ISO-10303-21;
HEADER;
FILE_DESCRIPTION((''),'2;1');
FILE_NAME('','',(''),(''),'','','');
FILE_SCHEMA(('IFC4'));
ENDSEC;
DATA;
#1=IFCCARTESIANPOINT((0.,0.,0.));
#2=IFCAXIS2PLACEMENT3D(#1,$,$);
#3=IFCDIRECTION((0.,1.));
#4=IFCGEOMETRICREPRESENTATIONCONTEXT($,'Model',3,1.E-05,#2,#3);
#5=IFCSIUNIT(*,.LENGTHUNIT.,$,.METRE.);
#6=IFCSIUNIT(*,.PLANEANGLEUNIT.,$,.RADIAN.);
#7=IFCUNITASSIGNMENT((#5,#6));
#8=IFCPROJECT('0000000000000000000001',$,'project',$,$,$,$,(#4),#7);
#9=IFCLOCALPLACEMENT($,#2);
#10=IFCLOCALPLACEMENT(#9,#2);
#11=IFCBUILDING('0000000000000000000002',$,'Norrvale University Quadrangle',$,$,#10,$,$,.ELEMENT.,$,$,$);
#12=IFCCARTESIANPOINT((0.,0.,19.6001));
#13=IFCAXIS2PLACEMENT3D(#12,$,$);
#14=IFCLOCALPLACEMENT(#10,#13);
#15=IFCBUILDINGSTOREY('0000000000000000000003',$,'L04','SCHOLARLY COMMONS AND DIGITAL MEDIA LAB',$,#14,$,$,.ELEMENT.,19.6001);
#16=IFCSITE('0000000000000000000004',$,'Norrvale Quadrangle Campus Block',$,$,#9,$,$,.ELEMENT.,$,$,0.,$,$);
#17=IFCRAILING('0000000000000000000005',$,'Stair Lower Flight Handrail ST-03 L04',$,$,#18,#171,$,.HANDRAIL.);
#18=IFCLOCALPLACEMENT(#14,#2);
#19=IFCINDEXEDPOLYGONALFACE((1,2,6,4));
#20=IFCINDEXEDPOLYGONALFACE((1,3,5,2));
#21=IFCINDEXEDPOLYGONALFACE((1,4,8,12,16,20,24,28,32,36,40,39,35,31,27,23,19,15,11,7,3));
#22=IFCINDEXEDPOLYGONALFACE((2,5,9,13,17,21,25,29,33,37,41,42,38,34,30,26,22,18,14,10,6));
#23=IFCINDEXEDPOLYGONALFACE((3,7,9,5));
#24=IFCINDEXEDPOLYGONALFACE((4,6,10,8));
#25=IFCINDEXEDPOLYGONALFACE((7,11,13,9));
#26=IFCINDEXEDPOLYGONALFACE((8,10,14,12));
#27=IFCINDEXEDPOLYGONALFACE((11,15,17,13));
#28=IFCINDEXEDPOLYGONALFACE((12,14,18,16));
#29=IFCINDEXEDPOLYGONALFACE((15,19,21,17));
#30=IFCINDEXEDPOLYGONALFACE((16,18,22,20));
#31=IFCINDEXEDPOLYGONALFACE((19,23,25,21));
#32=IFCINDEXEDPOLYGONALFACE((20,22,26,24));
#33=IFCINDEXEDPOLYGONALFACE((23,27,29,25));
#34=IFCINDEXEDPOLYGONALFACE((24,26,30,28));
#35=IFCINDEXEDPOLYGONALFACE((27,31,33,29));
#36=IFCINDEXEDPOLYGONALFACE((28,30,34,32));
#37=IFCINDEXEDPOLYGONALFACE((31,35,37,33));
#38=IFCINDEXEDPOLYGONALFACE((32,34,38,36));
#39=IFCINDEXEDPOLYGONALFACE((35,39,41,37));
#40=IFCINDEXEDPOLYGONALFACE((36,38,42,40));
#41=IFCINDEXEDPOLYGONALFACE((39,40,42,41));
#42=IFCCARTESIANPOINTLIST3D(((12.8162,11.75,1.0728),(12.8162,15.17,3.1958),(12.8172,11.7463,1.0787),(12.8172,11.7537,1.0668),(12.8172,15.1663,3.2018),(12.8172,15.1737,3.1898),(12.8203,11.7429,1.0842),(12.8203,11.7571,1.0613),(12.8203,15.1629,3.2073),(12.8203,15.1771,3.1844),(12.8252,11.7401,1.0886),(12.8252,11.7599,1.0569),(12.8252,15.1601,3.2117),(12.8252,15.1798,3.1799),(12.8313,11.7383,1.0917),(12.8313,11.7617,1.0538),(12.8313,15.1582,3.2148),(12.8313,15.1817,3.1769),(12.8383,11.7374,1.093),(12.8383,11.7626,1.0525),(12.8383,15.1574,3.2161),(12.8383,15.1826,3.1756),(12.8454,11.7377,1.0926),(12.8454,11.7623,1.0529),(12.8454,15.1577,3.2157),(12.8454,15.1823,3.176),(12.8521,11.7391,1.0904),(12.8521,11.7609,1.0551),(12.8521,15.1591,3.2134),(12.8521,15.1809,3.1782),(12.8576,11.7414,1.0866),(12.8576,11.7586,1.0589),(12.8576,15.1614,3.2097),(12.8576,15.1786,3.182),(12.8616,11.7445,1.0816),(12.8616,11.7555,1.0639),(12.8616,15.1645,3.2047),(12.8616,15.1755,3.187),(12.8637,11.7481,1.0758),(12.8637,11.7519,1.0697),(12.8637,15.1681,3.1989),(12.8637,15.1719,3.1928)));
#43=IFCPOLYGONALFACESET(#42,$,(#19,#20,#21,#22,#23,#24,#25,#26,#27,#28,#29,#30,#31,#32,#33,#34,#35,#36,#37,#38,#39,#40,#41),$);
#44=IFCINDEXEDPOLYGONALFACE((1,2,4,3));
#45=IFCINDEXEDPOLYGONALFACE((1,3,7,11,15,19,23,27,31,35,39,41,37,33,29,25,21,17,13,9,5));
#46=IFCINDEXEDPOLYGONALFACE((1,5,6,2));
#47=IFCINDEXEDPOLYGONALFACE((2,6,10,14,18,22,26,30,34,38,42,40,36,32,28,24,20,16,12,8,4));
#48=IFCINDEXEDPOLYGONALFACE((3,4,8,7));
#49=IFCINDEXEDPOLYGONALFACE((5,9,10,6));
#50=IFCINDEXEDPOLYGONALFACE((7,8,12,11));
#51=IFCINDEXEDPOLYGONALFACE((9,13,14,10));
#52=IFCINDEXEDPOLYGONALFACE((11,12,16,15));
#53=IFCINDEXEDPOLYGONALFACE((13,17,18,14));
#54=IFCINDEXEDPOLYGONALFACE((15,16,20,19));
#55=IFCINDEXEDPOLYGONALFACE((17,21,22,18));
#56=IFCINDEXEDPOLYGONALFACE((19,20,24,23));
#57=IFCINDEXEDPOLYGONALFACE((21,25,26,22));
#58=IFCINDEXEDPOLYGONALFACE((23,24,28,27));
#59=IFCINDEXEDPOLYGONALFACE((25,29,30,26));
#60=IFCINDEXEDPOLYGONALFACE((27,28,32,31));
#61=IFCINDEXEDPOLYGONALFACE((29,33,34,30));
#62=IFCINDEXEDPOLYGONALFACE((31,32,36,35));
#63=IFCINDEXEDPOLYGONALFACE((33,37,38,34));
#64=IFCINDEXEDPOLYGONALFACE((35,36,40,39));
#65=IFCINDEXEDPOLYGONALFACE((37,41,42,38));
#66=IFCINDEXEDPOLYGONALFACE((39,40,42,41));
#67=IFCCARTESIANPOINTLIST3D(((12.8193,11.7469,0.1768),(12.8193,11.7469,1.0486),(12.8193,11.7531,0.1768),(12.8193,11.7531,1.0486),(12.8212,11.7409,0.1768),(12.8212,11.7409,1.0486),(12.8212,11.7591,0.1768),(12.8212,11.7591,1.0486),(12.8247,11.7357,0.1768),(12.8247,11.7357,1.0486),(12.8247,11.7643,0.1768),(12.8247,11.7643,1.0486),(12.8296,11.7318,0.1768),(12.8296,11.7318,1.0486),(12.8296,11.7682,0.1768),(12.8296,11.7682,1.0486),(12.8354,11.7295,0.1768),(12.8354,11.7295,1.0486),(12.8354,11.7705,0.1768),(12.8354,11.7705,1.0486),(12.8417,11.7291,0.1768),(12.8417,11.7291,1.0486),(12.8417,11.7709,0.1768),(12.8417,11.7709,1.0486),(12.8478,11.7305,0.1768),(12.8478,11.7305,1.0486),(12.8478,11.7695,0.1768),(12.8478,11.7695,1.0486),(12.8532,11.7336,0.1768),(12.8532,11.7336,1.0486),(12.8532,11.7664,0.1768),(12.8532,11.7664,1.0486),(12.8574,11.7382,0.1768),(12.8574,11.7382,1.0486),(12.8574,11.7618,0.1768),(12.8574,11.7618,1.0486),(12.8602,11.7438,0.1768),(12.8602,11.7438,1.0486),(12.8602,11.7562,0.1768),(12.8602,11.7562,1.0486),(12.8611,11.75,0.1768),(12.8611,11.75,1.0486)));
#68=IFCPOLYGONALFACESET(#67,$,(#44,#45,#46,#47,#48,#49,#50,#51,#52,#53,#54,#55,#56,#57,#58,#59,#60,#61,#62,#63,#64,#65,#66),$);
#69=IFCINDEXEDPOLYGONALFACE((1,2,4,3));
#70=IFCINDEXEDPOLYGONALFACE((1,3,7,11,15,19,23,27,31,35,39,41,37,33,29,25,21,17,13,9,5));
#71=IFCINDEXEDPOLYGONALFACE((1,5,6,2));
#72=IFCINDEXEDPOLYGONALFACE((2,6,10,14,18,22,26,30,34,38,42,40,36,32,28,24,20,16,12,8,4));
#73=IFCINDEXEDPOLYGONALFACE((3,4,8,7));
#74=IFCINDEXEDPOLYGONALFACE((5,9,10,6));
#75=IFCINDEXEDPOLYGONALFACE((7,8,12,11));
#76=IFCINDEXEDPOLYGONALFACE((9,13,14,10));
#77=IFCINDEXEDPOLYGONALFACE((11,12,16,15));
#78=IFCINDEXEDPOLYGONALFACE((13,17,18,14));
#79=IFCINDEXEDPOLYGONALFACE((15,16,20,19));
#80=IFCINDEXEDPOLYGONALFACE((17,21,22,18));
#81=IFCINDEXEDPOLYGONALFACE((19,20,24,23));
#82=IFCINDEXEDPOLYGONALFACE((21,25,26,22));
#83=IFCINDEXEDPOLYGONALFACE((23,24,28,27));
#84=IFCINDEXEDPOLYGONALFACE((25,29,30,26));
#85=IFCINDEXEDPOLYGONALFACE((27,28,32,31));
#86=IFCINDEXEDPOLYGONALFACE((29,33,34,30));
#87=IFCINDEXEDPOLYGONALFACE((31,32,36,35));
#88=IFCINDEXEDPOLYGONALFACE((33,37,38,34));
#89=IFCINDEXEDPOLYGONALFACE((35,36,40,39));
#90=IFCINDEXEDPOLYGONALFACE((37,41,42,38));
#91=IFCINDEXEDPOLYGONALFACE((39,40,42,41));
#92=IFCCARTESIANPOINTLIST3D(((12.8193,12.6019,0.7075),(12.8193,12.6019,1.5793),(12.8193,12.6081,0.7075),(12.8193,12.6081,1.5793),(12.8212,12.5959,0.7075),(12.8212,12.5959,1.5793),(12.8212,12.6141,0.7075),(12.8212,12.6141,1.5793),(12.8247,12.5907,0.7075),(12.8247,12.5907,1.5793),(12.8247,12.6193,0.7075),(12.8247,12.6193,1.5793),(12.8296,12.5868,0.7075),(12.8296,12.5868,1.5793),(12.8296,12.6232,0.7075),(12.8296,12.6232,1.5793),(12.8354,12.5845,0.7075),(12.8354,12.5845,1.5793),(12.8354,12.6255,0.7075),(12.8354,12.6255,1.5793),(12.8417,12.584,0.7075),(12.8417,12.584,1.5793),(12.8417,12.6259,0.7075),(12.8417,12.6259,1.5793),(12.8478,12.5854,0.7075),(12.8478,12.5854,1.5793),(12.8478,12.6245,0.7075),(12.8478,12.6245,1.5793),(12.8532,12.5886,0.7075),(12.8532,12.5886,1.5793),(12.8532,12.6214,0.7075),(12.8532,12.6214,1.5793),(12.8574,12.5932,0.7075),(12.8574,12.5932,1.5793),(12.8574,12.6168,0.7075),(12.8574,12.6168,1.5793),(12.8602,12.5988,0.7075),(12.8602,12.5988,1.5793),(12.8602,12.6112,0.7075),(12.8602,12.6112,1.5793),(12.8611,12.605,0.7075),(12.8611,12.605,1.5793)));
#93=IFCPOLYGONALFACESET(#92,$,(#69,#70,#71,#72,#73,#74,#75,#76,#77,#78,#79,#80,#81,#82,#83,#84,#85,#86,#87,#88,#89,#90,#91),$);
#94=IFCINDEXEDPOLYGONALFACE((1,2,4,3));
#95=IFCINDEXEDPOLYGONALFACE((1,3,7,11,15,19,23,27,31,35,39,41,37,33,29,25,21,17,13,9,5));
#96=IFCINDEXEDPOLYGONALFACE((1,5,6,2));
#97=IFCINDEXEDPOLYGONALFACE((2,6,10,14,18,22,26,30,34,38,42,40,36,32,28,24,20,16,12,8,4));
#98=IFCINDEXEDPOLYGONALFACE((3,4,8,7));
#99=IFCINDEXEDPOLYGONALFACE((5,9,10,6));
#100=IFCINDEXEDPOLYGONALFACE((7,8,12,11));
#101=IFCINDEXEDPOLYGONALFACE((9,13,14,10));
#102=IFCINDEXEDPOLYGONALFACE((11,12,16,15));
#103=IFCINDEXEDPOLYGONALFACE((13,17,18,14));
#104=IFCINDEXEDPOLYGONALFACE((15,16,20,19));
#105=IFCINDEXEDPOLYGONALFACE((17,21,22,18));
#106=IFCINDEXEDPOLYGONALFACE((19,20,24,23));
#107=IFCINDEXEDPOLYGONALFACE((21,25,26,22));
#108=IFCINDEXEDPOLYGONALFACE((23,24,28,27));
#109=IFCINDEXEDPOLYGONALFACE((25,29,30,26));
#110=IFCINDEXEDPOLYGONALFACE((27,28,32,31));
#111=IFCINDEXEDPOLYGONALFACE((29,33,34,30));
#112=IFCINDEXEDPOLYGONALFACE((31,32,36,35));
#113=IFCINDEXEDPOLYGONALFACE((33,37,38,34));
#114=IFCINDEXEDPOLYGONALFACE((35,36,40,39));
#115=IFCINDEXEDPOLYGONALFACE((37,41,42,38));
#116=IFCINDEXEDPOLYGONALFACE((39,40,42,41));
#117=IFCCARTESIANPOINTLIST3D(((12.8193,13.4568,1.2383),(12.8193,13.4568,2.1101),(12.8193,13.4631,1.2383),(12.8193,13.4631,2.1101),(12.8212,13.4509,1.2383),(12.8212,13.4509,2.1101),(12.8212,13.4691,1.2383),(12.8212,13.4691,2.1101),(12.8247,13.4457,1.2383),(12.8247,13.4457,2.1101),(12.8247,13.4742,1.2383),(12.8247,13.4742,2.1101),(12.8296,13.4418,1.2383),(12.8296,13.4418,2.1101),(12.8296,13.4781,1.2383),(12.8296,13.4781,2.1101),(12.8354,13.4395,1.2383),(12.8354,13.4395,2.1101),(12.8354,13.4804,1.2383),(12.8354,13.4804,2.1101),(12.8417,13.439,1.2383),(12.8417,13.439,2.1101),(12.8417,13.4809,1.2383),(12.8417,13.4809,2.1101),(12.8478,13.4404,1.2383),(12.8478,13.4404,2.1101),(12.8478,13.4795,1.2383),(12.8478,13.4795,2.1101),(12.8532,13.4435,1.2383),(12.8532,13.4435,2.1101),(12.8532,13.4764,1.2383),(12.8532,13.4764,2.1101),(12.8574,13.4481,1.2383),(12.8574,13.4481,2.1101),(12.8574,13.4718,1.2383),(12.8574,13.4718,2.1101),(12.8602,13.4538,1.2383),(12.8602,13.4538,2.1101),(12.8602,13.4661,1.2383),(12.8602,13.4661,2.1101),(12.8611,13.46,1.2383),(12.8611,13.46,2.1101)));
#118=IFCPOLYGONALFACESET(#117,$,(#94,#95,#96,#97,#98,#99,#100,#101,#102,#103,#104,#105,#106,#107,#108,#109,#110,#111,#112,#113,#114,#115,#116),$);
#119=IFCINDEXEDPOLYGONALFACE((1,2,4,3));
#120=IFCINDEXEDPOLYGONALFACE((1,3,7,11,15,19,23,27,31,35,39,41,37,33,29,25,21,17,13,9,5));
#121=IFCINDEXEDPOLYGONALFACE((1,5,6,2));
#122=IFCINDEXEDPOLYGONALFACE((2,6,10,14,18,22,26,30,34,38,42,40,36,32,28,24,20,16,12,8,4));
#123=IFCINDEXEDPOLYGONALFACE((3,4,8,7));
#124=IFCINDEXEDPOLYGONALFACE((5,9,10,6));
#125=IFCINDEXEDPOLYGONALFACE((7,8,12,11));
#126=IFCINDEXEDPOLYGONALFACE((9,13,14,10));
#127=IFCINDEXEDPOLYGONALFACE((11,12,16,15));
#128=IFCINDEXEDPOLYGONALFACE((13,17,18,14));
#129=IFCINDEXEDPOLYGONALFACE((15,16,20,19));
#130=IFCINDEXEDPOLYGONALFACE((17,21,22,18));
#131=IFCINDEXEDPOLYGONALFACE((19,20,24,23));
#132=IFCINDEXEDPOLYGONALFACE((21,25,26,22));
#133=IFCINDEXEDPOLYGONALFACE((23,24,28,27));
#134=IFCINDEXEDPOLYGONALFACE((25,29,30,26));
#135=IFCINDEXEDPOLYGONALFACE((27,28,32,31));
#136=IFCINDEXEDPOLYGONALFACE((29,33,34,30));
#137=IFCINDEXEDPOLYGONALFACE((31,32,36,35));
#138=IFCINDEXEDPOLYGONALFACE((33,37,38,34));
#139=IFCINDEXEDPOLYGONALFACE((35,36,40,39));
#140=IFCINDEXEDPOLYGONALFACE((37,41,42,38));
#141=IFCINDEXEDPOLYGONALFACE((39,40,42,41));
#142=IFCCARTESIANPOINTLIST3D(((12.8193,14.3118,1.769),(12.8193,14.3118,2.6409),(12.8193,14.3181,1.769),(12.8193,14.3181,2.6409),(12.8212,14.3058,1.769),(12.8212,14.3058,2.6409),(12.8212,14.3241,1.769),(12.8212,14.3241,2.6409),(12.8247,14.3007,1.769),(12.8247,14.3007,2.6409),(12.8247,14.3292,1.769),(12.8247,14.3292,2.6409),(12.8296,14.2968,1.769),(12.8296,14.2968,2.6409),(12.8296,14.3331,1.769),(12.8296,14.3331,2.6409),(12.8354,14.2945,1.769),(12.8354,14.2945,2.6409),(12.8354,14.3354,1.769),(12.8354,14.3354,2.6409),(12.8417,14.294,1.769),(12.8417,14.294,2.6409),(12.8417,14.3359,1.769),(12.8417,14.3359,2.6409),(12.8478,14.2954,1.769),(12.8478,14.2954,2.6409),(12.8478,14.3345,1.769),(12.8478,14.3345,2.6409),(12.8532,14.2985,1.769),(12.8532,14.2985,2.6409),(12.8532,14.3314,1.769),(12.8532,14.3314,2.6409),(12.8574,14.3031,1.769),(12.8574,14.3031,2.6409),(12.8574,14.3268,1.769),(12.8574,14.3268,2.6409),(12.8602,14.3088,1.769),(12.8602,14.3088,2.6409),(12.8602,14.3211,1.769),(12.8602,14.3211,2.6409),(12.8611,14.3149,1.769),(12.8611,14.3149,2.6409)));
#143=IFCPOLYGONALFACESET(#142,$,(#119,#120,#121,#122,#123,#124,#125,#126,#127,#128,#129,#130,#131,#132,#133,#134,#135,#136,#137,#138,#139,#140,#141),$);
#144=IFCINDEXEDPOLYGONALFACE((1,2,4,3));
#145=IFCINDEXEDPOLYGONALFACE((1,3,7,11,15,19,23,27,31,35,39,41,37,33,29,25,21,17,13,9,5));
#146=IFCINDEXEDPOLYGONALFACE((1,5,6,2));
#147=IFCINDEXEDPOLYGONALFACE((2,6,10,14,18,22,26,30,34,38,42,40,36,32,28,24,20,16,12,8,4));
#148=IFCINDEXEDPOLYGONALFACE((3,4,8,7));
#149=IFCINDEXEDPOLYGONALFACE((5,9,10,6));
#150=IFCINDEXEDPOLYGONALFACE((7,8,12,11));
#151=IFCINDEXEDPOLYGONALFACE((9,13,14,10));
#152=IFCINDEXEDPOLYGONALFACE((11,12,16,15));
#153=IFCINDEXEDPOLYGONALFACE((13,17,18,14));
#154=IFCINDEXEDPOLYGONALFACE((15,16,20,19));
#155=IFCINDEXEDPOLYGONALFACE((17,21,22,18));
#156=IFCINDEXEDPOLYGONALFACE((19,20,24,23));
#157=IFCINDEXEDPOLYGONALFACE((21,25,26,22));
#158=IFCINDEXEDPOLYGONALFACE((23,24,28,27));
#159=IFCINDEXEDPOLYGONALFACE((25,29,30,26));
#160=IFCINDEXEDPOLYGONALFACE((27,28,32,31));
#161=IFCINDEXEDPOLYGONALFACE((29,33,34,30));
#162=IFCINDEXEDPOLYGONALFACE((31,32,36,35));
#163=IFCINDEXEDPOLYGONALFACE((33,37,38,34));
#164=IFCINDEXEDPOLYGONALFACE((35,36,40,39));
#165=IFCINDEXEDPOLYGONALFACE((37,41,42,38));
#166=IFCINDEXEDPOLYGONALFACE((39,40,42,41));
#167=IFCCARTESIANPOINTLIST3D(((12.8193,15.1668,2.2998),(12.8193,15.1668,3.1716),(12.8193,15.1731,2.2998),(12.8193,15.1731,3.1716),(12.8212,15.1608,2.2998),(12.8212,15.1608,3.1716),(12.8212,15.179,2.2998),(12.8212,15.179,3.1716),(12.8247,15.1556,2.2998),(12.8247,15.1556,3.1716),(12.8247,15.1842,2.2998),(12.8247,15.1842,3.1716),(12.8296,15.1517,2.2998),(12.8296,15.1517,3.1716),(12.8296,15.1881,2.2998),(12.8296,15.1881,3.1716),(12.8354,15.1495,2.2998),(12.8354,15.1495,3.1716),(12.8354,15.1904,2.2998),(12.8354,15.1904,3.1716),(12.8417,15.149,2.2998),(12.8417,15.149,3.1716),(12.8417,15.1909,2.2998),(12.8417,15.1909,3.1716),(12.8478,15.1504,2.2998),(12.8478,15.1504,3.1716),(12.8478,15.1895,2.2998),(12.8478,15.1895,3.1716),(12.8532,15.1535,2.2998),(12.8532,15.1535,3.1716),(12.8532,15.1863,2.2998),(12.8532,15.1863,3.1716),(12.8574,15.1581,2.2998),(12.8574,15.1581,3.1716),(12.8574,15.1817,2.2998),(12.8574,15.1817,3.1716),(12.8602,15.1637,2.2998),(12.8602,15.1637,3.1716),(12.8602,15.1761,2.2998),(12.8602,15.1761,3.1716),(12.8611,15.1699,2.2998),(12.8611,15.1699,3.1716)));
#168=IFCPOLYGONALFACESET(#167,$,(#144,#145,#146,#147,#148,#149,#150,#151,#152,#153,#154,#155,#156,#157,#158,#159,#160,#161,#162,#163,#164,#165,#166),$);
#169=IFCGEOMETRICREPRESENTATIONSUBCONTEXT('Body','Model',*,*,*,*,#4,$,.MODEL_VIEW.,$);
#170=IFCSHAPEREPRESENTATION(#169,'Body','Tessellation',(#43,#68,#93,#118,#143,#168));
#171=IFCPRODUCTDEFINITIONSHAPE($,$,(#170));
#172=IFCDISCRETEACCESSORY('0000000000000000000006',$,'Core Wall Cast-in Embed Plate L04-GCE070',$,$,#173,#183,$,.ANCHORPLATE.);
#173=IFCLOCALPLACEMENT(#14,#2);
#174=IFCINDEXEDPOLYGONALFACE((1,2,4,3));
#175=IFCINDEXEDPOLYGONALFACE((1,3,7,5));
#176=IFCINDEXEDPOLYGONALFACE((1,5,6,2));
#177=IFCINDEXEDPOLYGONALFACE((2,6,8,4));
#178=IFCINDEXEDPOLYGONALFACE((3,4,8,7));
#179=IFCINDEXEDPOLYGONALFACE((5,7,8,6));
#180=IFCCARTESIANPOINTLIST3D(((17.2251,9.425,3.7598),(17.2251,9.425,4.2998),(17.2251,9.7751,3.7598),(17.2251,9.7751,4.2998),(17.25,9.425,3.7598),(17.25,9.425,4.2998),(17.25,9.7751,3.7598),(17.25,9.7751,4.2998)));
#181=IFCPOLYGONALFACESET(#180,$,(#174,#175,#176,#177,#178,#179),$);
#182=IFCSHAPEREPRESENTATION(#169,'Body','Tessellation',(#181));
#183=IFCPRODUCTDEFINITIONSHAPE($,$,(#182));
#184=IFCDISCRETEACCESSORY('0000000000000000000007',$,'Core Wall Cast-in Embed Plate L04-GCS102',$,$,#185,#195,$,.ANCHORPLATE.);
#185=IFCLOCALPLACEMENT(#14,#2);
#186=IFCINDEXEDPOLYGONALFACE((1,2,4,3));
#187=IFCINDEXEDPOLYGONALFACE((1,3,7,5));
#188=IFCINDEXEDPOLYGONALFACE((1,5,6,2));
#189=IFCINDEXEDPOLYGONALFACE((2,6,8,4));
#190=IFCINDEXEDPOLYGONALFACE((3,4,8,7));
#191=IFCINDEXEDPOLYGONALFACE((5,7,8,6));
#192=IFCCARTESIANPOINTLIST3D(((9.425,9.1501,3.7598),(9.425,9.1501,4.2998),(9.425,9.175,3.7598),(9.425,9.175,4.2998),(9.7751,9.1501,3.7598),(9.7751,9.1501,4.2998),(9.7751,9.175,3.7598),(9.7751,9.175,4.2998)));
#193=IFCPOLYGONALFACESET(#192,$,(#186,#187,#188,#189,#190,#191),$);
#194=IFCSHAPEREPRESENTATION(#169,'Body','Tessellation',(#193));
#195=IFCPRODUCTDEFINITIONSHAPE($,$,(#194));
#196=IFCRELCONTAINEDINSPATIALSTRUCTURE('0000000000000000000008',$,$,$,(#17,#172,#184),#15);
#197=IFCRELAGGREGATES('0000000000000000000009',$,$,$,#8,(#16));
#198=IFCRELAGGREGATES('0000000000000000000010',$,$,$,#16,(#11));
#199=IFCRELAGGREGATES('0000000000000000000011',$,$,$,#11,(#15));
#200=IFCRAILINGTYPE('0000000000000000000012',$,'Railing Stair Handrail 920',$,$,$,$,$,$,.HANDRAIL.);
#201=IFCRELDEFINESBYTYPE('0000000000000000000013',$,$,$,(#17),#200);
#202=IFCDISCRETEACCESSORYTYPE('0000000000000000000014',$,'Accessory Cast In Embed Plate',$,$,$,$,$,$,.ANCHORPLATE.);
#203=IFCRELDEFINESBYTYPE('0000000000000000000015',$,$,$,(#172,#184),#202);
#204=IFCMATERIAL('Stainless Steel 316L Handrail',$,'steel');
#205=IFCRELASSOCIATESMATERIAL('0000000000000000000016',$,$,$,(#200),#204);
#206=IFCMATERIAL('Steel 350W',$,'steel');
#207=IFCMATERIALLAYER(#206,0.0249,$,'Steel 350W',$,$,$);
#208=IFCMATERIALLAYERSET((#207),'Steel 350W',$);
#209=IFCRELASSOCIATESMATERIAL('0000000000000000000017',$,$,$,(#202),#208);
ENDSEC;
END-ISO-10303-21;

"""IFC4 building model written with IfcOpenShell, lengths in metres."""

from ifc_helpers import new_model, si_unit, direction, frame, origin, origin_2d, place, context, subcontext, project, spatial, rectangle, circle, extrude, material, layer, layer_set, type_object, element, save


model = new_model("IFC4")

# Units and contexts
model_context = context("Model", 3, precision=1e-05, world=origin(), true_north=direction((0.0, 1.0)))
body_context = subcontext(model_context, "Body", "Model", "MODEL_VIEW")
ifc_project = project(units=[si_unit("LENGTHUNIT", "METRE"), si_unit("PLANEANGLEUNIT", "RADIAN")], contexts=[model_context])

# Site, building, storey
site_placement = place(None, origin())
site = spatial("IfcSite", under=ifc_project, at=site_placement, Name="Norrvale Quadrangle Campus Block", CompositionType="ELEMENT", RefElevation=0.0)
building_placement = place(site_placement, origin())
building = spatial("IfcBuilding", under=site, at=building_placement, Name="Norrvale University Quadrangle", CompositionType="ELEMENT")
storey_placement = place(building_placement, frame((0.0, 0.0, 19.6001)))
storey = spatial("IfcBuildingStorey", under=building, at=storey_placement, Name="L04", Description="SCHOLARLY COMMONS AND DIGITAL MEDIA LAB", CompositionType="ELEMENT", Elevation=19.6001)

# Shared definitions
ifc_material_1 = material(Name="Steel 350W", Category="steel")

# Railing
ifc_material_2 = material(Name="Stainless Steel 316L Handrail", Category="steel")
railing_type_1 = type_object("IfcRailingType", Name="Railing Stair Handrail 920", PredefinedType="HANDRAIL", material=ifc_material_2)
railing_1_placement = place(storey_placement, frame((12.8401, 11.75, 0.1768)))
element("IfcRailing", 1, at=railing_1_placement, inside=storey, type_object=railing_type_1, Name="Stair Lower Flight Handrail ST-03 L04", PredefinedType="HANDRAIL", context=body_context, shape_type="SweptSolid", body=[
    extrude(circle(Radius=0.0239, at=origin_2d()), frame((0.0, 0.0, 0.896), z_axis=(0.0, 0.849603, 0.527423), x_axis=(-1.0, 0.0, 0.0)), (0.0, 0.0, 1.0), 4.0254),
    extrude(circle(Radius=0.021, at=origin_2d()), origin(), (0.0, 0.0, 1.0), 0.8718),
    extrude(circle(Radius=0.021, at=origin_2d()), frame((0.0, 0.855, 0.5308)), (0.0, 0.0, 1.0), 0.8718),
    extrude(circle(Radius=0.021, at=origin_2d()), frame((0.0, 1.71, 1.0615)), (0.0, 0.0, 1.0), 0.8718),
    extrude(circle(Radius=0.021, at=origin_2d()), frame((0.0, 2.5649, 1.5923)), (0.0, 0.0, 1.0), 0.8718),
    extrude(circle(Radius=0.021, at=origin_2d()), frame((0.0, 3.4199, 2.123)), (0.0, 0.0, 1.0), 0.8718),
])

# Discrete accessories
ifc_layer_1 = layer(ifc_material_1, 0.0249, Name="Steel 350W")
ifc_layer_set_1 = layer_set([ifc_layer_1], Name="Steel 350W")
discrete_accessory_type = type_object("IfcDiscreteAccessoryType", Name="Accessory Cast In Embed Plate", PredefinedType="ANCHORPLATE", material=ifc_layer_set_1)
discrete_accessory_1_placement = place(storey_placement, frame((17.2375, 9.6001, 3.7598), z_axis=(0.0, 0.0, 1.0), x_axis=(1.0, 0.0, 0.0)))
element("IfcDiscreteAccessory", 2, at=discrete_accessory_1_placement, inside=storey, type_object=discrete_accessory_type, Name="Core Wall Cast-in Embed Plate L04-GCE070", PredefinedType="ANCHORPLATE", context=body_context, shape_type="SweptSolid", body=[
    extrude(rectangle(XDim=0.0249, YDim=0.3501, at=origin_2d()), origin(), (0.0, 0.0, 1.0), 0.54),
])
discrete_accessory_2_placement = place(storey_placement, frame((9.6001, 9.1626, 3.7598), z_axis=(0.0, 0.0, 1.0), x_axis=(1.0, 0.0, 0.0)))
element("IfcDiscreteAccessory", 3, at=discrete_accessory_2_placement, inside=storey, type_object=discrete_accessory_type, Name="Core Wall Cast-in Embed Plate L04-GCS102", PredefinedType="ANCHORPLATE", context=body_context, shape_type="SweptSolid", body=[
    extrude(rectangle(XDim=0.3501, YDim=0.0249, at=origin_2d()), origin(), (0.0, 0.0, 1.0), 0.54),
])

save(model, "model.ifc")
